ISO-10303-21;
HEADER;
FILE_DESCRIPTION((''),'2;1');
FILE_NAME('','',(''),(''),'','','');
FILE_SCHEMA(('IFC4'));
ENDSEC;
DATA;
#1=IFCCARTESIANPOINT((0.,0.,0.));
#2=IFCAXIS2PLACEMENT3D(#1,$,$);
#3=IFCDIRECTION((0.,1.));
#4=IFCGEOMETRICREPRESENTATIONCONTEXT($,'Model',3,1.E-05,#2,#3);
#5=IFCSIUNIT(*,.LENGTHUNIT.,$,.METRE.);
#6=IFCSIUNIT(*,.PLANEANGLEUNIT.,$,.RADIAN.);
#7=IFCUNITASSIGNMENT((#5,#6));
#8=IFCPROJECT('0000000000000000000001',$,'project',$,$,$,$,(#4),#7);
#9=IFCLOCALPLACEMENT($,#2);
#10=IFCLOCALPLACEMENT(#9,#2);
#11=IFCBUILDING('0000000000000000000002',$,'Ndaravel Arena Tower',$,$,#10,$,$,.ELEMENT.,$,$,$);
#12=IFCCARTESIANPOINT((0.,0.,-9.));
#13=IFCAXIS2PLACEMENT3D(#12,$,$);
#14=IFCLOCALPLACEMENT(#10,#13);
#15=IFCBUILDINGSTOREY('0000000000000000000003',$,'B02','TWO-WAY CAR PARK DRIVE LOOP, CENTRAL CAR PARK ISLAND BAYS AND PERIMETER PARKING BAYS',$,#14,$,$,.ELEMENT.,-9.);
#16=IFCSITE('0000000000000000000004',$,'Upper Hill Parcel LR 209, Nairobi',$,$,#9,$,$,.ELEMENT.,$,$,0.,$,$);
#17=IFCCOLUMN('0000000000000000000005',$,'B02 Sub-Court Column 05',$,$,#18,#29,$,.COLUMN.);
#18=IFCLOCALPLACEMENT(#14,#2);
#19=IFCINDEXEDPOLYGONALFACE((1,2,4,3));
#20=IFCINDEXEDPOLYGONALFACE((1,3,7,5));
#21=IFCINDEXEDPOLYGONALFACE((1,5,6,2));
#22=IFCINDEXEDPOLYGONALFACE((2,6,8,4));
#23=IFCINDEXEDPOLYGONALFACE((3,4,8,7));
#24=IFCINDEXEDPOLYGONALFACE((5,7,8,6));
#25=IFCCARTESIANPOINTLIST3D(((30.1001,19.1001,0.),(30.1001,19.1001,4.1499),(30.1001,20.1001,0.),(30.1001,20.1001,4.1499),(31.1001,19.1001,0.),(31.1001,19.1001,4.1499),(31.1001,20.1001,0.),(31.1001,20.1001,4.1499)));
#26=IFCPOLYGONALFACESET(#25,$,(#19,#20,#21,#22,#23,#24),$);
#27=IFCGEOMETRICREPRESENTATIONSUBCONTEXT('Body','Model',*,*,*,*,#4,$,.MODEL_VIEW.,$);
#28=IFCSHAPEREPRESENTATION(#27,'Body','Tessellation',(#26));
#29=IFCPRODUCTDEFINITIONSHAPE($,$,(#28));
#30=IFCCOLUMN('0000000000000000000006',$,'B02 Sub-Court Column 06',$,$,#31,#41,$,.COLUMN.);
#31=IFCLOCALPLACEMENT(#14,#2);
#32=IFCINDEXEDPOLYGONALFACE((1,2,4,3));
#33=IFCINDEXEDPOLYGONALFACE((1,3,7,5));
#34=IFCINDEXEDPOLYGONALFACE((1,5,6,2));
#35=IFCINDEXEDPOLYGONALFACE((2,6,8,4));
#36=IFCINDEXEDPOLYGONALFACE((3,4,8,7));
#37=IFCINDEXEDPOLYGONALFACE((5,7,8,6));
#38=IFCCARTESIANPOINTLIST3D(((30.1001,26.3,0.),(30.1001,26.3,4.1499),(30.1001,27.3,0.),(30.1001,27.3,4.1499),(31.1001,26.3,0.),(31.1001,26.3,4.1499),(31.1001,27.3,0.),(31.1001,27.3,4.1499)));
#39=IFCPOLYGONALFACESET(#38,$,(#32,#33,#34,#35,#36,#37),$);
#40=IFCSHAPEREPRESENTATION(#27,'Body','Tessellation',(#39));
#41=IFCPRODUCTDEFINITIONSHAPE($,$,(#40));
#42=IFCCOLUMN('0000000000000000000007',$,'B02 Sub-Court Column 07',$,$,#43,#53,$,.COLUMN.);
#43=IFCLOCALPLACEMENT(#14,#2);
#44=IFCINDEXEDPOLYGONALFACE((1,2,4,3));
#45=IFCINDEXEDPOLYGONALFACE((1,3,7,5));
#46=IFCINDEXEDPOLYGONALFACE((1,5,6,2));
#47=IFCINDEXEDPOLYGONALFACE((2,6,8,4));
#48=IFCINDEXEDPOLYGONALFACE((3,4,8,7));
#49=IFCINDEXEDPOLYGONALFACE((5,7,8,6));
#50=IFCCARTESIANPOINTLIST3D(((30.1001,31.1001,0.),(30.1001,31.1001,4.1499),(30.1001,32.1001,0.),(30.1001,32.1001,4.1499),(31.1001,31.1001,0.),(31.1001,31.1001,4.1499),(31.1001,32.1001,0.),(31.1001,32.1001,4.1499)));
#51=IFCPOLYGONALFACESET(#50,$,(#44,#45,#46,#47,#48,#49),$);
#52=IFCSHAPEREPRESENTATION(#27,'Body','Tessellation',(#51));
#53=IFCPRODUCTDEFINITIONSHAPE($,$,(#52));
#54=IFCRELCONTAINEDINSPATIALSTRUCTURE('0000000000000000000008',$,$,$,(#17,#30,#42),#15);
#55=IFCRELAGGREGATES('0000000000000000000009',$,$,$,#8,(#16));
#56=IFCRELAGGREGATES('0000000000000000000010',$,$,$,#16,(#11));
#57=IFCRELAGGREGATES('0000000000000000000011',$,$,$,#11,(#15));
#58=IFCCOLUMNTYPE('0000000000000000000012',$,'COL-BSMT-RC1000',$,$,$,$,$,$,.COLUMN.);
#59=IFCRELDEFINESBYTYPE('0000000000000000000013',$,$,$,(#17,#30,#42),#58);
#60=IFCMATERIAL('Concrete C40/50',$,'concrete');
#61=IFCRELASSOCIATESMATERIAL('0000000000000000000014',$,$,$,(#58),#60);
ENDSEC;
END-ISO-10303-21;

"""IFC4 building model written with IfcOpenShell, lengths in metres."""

from ifc_helpers import new_model, si_unit, direction, frame, origin, origin_2d, place, context, subcontext, project, spatial, rectangle, extrude, material, material_profile, profile_set, type_object, element, save


model = new_model("IFC4")

# Units and contexts
model_context = context("Model", 3, precision=1e-05, world=origin(), true_north=direction((0.0, 1.0)))
body_context = subcontext(model_context, "Body", "Model", "MODEL_VIEW")
ifc_project = project(units=[si_unit("LENGTHUNIT", "METRE"), si_unit("PLANEANGLEUNIT", "RADIAN")], contexts=[model_context])

# Site, building, storey
site_placement = place(None, origin())
site = spatial("IfcSite", under=ifc_project, at=site_placement, Name="Upper Hill Parcel LR 209, Nairobi", CompositionType="ELEMENT", RefElevation=0.0)
building_placement = place(site_placement, origin())
building = spatial("IfcBuilding", under=site, at=building_placement, Name="Ndaravel Arena Tower", CompositionType="ELEMENT")
storey_placement = place(building_placement, frame((0.0, 0.0, -9.0)))
storey = spatial("IfcBuildingStorey", under=building, at=storey_placement, Name="B02", Description="TWO-WAY CAR PARK DRIVE LOOP, CENTRAL CAR PARK ISLAND BAYS AND PERIMETER PARKING BAYS", CompositionType="ELEMENT", Elevation=-9.0)

# Columns
ifc_material_1 = material(Name="Concrete C40/50", Category="concrete")
ifc_material_profile_1 = material_profile(ifc_material_1, rectangle(XDim=1.0, YDim=1.0, at=origin_2d()), Name="RC 1000x1000")
ifc_profile_set_1 = profile_set([ifc_material_profile_1], Name="Concrete C40/50")
column_type = type_object("IfcColumnType", Name="COL-BSMT-RC1000", PredefinedType="COLUMN", material=ifc_profile_set_1)
for number, where, z_axis, x_axis, name in (
    (1, (30.6001, 19.6001, 0.0), (0.0, 0.0, 1.0), (1.0, 0.0, 0.0), "B02 Sub-Court Column 05"),
    (2, (30.6001, 26.8, 0.0), (0.0, 0.0, 1.0), (1.0, 0.0, 0.0), "B02 Sub-Court Column 06"),
    (3, (30.6001, 31.6001, 0.0), (0.0, 0.0, 1.0), (1.0, 0.0, 0.0), "B02 Sub-Court Column 07"),
):
    element("IfcColumn", number, at=place(storey_placement, frame(where, z_axis=z_axis, x_axis=x_axis)), inside=storey, type_object=column_type, Name=name, PredefinedType="COLUMN", context=body_context, shape_type="SweptSolid", body=[
        extrude(rectangle(XDim=1.0, YDim=1.0, at=origin_2d()), origin(), (0.0, 0.0, 1.0), 4.1499),
    ])

save(model, "model.ifc")
